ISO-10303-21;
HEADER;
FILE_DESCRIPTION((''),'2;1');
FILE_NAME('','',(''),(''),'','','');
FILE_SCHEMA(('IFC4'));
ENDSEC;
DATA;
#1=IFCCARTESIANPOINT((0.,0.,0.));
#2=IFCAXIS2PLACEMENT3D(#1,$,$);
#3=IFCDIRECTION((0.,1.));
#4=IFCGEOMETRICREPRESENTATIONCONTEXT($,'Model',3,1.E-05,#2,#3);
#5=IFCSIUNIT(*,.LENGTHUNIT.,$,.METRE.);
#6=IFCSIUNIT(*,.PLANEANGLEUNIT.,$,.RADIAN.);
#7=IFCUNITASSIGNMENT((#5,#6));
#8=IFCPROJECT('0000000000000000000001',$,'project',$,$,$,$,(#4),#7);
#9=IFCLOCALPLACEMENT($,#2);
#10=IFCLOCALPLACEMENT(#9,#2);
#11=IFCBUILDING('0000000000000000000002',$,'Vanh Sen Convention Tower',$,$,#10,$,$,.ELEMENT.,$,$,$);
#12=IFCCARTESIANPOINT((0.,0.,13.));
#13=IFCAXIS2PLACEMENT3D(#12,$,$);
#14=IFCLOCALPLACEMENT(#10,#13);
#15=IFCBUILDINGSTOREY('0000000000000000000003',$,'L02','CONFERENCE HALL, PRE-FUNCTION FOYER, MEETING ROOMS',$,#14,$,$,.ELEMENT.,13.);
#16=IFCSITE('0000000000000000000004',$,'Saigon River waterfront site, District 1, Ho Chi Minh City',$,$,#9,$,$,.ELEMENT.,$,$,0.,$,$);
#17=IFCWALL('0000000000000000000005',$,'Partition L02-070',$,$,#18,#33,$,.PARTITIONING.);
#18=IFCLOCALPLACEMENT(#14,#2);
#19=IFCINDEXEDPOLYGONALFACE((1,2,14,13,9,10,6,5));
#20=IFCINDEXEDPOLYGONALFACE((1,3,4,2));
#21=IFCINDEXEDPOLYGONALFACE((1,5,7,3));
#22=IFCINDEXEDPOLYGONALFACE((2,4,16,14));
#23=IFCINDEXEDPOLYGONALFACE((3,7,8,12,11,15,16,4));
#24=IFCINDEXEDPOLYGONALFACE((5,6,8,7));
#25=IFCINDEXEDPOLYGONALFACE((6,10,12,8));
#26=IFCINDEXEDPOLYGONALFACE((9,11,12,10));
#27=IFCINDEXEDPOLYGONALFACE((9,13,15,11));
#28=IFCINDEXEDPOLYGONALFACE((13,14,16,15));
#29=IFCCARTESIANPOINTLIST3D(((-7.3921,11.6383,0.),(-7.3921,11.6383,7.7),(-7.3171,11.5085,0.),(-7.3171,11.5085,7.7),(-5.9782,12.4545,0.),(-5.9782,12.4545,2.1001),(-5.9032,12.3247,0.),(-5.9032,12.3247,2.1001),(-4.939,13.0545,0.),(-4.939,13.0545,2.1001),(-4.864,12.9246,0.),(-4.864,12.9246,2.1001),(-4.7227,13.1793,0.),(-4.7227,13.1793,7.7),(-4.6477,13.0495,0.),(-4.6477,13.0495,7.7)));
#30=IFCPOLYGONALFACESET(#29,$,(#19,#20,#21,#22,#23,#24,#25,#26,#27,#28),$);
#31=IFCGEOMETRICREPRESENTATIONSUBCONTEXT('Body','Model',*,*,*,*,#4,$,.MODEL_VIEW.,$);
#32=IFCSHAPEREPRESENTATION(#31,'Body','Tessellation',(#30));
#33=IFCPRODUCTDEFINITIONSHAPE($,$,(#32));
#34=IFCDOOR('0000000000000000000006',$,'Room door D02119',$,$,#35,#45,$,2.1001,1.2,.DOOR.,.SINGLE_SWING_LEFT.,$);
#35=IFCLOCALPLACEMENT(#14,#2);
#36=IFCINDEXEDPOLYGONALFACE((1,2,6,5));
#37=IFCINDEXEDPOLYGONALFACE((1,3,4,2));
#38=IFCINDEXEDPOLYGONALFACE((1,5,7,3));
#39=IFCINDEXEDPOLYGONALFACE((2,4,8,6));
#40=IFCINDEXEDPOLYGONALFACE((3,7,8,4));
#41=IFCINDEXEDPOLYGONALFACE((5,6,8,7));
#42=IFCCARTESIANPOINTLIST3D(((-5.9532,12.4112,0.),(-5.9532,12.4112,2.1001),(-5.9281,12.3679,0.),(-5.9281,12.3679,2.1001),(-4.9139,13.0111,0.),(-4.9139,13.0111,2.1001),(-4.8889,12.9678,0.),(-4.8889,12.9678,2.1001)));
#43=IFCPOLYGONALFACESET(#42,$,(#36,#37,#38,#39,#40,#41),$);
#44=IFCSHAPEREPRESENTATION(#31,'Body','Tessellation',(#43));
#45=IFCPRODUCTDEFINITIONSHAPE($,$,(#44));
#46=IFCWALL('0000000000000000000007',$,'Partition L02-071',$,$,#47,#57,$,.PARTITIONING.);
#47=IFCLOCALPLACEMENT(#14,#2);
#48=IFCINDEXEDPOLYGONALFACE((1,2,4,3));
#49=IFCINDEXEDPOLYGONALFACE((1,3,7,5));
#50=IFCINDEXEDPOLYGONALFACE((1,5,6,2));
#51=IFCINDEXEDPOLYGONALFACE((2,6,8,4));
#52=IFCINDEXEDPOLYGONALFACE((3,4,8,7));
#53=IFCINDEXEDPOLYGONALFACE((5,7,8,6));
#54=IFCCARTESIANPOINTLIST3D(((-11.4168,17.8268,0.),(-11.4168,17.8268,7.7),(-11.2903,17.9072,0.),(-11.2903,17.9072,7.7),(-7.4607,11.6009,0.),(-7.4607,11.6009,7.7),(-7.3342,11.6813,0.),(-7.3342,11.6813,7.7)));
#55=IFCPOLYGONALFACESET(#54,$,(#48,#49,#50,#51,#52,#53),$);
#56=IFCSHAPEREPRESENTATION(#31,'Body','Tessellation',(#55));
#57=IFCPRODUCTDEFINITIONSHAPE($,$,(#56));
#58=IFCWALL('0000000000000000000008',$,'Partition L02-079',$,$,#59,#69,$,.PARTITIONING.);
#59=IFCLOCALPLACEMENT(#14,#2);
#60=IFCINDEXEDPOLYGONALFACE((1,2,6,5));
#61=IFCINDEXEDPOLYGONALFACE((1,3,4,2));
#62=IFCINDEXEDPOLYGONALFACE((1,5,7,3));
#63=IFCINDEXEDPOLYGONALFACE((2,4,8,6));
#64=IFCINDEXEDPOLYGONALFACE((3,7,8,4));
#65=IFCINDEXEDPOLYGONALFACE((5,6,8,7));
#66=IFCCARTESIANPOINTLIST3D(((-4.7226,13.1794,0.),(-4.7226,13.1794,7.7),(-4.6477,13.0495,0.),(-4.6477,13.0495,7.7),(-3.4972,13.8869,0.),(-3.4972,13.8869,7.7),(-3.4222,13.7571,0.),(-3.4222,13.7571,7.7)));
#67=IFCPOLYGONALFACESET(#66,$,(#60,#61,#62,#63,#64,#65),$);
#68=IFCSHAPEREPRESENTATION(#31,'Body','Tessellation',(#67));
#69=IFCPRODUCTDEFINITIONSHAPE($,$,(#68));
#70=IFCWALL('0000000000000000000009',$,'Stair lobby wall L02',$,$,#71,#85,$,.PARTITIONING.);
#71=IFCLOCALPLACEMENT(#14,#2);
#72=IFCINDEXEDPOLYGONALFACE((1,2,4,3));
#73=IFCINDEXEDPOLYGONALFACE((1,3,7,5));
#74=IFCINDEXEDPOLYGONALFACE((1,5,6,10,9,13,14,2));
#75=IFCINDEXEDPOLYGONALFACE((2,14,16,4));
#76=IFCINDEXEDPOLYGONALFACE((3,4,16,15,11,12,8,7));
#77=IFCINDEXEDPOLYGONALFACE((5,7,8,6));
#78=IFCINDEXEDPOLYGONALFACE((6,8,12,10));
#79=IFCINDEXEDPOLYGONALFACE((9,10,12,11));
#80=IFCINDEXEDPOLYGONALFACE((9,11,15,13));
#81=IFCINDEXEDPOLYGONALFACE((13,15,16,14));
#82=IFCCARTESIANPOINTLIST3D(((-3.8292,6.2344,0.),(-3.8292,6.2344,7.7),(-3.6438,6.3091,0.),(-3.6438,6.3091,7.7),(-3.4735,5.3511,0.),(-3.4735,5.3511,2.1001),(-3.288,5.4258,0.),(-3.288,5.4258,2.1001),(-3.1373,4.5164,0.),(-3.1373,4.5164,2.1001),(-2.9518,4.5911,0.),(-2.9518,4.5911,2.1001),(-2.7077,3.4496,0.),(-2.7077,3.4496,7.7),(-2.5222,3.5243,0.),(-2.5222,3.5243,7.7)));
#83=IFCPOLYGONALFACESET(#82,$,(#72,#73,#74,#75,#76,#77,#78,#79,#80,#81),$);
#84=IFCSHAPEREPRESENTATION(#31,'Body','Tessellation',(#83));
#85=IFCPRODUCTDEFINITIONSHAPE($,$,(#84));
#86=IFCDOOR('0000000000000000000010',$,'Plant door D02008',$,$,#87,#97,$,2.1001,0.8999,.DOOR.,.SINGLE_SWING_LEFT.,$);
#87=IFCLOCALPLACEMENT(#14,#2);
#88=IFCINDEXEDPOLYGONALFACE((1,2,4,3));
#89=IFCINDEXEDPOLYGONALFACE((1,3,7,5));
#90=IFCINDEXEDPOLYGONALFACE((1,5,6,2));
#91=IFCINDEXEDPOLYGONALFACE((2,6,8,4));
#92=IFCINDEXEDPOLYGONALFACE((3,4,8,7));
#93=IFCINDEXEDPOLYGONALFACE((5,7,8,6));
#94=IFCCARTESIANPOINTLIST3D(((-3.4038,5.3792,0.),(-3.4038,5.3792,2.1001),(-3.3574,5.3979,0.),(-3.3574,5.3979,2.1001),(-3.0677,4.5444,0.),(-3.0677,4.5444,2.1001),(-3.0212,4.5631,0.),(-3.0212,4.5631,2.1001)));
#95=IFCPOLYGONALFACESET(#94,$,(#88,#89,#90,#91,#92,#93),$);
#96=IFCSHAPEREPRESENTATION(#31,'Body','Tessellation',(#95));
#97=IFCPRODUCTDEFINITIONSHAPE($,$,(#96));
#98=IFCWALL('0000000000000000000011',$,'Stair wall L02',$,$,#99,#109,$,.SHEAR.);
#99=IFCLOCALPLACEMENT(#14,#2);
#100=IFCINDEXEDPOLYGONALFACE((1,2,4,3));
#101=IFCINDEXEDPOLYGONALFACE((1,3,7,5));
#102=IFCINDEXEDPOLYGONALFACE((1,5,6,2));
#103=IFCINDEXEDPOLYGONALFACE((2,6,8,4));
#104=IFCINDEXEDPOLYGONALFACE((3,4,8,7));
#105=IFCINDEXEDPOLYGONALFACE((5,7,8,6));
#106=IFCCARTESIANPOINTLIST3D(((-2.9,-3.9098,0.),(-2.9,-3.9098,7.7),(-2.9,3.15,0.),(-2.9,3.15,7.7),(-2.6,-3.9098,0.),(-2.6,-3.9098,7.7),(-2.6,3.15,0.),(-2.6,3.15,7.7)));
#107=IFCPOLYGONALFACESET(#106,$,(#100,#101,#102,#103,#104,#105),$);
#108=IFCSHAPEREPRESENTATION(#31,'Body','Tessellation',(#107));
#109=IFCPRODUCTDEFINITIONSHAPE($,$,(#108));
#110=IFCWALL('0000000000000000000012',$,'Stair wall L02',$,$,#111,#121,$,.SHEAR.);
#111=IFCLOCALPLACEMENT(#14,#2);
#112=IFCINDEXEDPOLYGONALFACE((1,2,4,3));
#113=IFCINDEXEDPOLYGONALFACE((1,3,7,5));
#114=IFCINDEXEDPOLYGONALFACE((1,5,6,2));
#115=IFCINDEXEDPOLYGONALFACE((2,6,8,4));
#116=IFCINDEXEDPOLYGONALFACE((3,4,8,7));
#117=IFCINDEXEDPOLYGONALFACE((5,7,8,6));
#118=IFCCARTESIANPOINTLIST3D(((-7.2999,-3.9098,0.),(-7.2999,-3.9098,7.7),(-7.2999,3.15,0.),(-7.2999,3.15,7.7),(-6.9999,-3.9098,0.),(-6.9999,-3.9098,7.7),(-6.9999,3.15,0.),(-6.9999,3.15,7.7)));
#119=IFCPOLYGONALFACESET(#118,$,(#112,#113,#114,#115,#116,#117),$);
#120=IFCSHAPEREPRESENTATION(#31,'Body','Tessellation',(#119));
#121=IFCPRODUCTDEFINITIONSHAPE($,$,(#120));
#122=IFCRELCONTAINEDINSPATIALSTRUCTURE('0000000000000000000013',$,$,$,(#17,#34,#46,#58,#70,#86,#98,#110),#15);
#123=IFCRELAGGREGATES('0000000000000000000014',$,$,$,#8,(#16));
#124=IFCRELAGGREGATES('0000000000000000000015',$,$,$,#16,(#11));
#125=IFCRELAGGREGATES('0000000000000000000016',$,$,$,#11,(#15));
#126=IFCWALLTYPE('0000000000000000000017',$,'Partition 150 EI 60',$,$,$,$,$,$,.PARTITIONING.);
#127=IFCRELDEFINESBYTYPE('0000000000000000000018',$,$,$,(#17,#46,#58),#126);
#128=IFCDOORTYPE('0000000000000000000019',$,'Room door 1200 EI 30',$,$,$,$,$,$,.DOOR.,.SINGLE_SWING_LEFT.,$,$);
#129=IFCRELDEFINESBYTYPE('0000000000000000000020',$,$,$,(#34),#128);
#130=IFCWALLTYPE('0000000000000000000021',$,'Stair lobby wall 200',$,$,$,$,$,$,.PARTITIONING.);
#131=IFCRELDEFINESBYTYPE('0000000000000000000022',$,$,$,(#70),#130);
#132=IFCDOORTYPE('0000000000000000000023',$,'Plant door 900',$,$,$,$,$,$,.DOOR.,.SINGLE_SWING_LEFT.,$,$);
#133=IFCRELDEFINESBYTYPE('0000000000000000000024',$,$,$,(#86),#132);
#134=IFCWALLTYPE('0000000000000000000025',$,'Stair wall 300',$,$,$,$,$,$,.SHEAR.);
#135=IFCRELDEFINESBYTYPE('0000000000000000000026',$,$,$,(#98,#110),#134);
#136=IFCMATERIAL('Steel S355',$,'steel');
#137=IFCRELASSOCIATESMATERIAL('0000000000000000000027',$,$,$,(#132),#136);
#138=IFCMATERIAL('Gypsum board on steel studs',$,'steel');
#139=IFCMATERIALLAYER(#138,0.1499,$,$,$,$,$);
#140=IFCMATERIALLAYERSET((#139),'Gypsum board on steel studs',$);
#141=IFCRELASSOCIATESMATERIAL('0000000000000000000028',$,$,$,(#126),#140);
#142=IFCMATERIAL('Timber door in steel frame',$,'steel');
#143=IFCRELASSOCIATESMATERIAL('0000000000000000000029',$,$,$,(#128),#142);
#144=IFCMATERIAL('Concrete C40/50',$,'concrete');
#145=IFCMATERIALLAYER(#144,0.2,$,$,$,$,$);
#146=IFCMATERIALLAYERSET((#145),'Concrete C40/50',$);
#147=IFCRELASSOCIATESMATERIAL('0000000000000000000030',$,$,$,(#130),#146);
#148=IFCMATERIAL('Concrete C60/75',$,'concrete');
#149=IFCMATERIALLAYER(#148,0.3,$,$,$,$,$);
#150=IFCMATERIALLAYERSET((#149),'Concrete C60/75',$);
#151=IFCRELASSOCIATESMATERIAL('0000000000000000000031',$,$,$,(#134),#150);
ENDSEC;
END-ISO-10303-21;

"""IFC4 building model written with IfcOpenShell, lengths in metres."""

from ifc_helpers import new_model, si_unit, direction, frame, frame_2d, origin, place, context, subcontext, project, spatial, rectangle, extrude, material, layer, layer_set, type_object, element, fill, save


model = new_model("IFC4")

# Units and contexts
model_context = context("Model", 3, precision=1e-05, world=origin(), true_north=direction((0.0, 1.0)))
body_context = subcontext(model_context, "Body", "Model", "MODEL_VIEW")
ifc_project = project(units=[si_unit("LENGTHUNIT", "METRE"), si_unit("PLANEANGLEUNIT", "RADIAN")], contexts=[model_context])

# Site, building, storey
site_placement = place(None, origin())
site = spatial("IfcSite", under=ifc_project, at=site_placement, Name="Saigon River waterfront site, District 1, Ho Chi Minh City", CompositionType="ELEMENT", RefElevation=0.0)
building_placement = place(site_placement, origin())
building = spatial("IfcBuilding", under=site, at=building_placement, Name="Vanh Sen Convention Tower", CompositionType="ELEMENT")
storey_placement = place(building_placement, frame((0.0, 0.0, 13.0)))
storey = spatial("IfcBuildingStorey", under=building, at=storey_placement, Name="L02", Description="CONFERENCE HALL, PRE-FUNCTION FOYER, MEETING ROOMS", CompositionType="ELEMENT", Elevation=13.0)

# Shared definitions
ifc_material_1 = material(Name="Steel S355", Category="steel")
door_type_1 = type_object("IfcDoorType", Name="Plant door 900", OperationType="SINGLE_SWING_LEFT", PredefinedType="DOOR", material=ifc_material_1)

# Shared definitions
ifc_material_2 = material(Name="Concrete C60/75", Category="concrete")

# Shared definitions
ifc_material_3 = material(Name="Concrete C40/50", Category="concrete")

# Wall, opening, door
ifc_material_4 = material(Name="Gypsum board on steel studs", Category="steel")
ifc_layer_1 = layer(ifc_material_4, 0.1499)
ifc_layer_set_1 = layer_set([ifc_layer_1], Name="Gypsum board on steel studs")
wall_type_1 = type_object("IfcWallType", Name="Partition 150 EI 60", PredefinedType="PARTITIONING", material=ifc_layer_set_1)
wall_1_placement = place(storey_placement, frame((-7.3545, 11.5735, 0.0), z_axis=(0.0, 0.0, 1.0), x_axis=(0.866051, 0.499956, 0.0)))
wall_1 = element("IfcWall", 1, at=wall_1_placement, inside=storey, type_object=wall_type_1, Name="Partition L02-070", PredefinedType="PARTITIONING", context=body_context, shape_type="SweptSolid", body=[
    extrude(rectangle(XDim=3.0823, YDim=0.1499, at=frame_2d((1.541, 0.0))), origin(), (0.0, 0.0, 1.0), 7.7),
])
opening_1_placement = place(wall_1_placement, frame((1.6323, 0.0, 0.0)))
opening_1 = element("IfcOpeningElement", 2, at=opening_1_placement, cuts=wall_1, PredefinedType="OPENING", context=body_context, shape_type="SweptSolid", body=[
    extrude(rectangle(XDim=1.2, YDim=2.1001, at=frame_2d((0.6001, 1.05))), frame((0.0, 0.085, 0.0), z_axis=(0.0, -1.0, 0.0), x_axis=(1.0, 0.0, 0.0)), (0.0, 0.0, 1.0), 0.1699),
])
ifc_material_5 = material(Name="Timber door in steel frame", Category="steel")
door_type_2 = type_object("IfcDoorType", Name="Room door 1200 EI 30", OperationType="SINGLE_SWING_LEFT", PredefinedType="DOOR", material=ifc_material_5)
door_1_placement = place(opening_1_placement, origin())
door_1 = element("IfcDoor", 3, at=door_1_placement, inside=storey, type_object=door_type_2, Name="Room door D02119", OperationType="SINGLE_SWING_LEFT", OverallHeight=2.1001, OverallWidth=1.2, PredefinedType="DOOR", context=body_context, shape_type="SweptSolid", body=[
    extrude(rectangle(XDim=1.2, YDim=2.1001, at=frame_2d((0.6001, 1.05))), frame((0.0, 0.0249, 0.0), z_axis=(0.0, -1.0, 0.0), x_axis=(1.0, 0.0, 0.0)), (0.0, 0.0, 1.0), 0.05),
])
fill(opening_1, door_1)

# Walls
wall_2_placement = place(storey_placement, frame((-7.3975, 11.6411, 0.0), z_axis=(0.0, 0.0, 1.0), x_axis=(-0.536312, 0.84402, 0.0)))
element("IfcWall", 4, at=wall_2_placement, inside=storey, type_object=wall_type_1, Name="Partition L02-071", PredefinedType="PARTITIONING", context=body_context, shape_type="SweptSolid", body=[
    extrude(rectangle(XDim=7.3765, YDim=0.1499, at=frame_2d((3.6882, 0.0))), origin(), (0.0, 0.0, 1.0), 7.7),
])
wall_3_placement = place(storey_placement, frame((-3.4597, 13.822, 0.0), z_axis=(0.0, 0.0, 1.0), x_axis=(-0.866005, -0.500036, 0.0)))
element("IfcWall", 5, at=wall_3_placement, inside=storey, type_object=wall_type_1, Name="Partition L02-079", PredefinedType="PARTITIONING", context=body_context, shape_type="SweptSolid", body=[
    extrude(rectangle(XDim=1.415, YDim=0.1499, at=frame_2d((0.7075, 0.0))), origin(), (0.0, 0.0, 1.0), 7.7),
])

# Wall, opening, door
ifc_layer_2 = layer(ifc_material_3, 0.2)
ifc_layer_set_2 = layer_set([ifc_layer_2], Name="Concrete C40/50")
wall_type_2 = type_object("IfcWallType", Name="Stair lobby wall 200", PredefinedType="PARTITIONING", material=ifc_layer_set_2)
wall_4_placement = place(storey_placement, frame((-2.615, 3.4871, 0.0), z_axis=(0.0, 0.0, 1.0), x_axis=(-0.373577, 0.927599, 0.0)))
wall_4 = element("IfcWall", 6, at=wall_4_placement, inside=storey, type_object=wall_type_2, Name="Stair lobby wall L02", PredefinedType="PARTITIONING", context=body_context, shape_type="SweptSolid", body=[
    extrude(rectangle(XDim=3.0022, YDim=0.2, at=frame_2d((1.501, 0.0))), origin(), (0.0, 0.0, 1.0), 7.7),
])
opening_2_placement = place(wall_4_placement, frame((1.1499, 0.0, 0.0)))
opening_2 = element("IfcOpeningElement", 7, at=opening_2_placement, cuts=wall_4, PredefinedType="OPENING", context=body_context, shape_type="SweptSolid", body=[
    extrude(rectangle(XDim=0.8999, YDim=2.1001, at=frame_2d((0.45, 1.05))), frame((0.0, 0.1099, 0.0), z_axis=(0.0, -1.0, 0.0), x_axis=(1.0, 0.0, 0.0)), (0.0, 0.0, 1.0), 0.22),
])
door_2_placement = place(opening_2_placement, origin())
door_2 = element("IfcDoor", 8, at=door_2_placement, inside=storey, type_object=door_type_1, Name="Plant door D02008", OperationType="SINGLE_SWING_LEFT", OverallHeight=2.1001, OverallWidth=0.8999, PredefinedType="DOOR", context=body_context, shape_type="SweptSolid", body=[
    extrude(rectangle(XDim=0.8999, YDim=2.1001, at=frame_2d((0.45, 1.05))), frame((0.0, 0.0249, 0.0), z_axis=(0.0, -1.0, 0.0), x_axis=(1.0, 0.0, 0.0)), (0.0, 0.0, 1.0), 0.05),
])
fill(opening_2, door_2)

# Walls
ifc_layer_3 = layer(ifc_material_2, 0.3)
ifc_layer_set_3 = layer_set([ifc_layer_3], Name="Concrete C60/75")
wall_type_3 = type_object("IfcWallType", Name="Stair wall 300", PredefinedType="SHEAR", material=ifc_layer_set_3)
for number, where, z_axis, x_axis, name in (
    (9, (-2.75, 3.1499, 0.0), (0.0, 0.0, 1.0), (0.0, -1.0, 0.0), "Stair wall L02"),
    (10, (-7.1499, 3.1499, 0.0), (0.0, 0.0, 1.0), (0.0, -1.0, 0.0), "Stair wall L02"),
):
    element("IfcWall", number, at=place(storey_placement, frame(where, z_axis=z_axis, x_axis=x_axis)), inside=storey, type_object=wall_type_3, Name=name, PredefinedType="SHEAR", context=body_context, shape_type="SweptSolid", body=[
        extrude(rectangle(XDim=7.0598, YDim=0.3, at=frame_2d((3.5298, 0.0))), origin(), (0.0, 0.0, 1.0), 7.7),
    ])

save(model, "model.ifc")
